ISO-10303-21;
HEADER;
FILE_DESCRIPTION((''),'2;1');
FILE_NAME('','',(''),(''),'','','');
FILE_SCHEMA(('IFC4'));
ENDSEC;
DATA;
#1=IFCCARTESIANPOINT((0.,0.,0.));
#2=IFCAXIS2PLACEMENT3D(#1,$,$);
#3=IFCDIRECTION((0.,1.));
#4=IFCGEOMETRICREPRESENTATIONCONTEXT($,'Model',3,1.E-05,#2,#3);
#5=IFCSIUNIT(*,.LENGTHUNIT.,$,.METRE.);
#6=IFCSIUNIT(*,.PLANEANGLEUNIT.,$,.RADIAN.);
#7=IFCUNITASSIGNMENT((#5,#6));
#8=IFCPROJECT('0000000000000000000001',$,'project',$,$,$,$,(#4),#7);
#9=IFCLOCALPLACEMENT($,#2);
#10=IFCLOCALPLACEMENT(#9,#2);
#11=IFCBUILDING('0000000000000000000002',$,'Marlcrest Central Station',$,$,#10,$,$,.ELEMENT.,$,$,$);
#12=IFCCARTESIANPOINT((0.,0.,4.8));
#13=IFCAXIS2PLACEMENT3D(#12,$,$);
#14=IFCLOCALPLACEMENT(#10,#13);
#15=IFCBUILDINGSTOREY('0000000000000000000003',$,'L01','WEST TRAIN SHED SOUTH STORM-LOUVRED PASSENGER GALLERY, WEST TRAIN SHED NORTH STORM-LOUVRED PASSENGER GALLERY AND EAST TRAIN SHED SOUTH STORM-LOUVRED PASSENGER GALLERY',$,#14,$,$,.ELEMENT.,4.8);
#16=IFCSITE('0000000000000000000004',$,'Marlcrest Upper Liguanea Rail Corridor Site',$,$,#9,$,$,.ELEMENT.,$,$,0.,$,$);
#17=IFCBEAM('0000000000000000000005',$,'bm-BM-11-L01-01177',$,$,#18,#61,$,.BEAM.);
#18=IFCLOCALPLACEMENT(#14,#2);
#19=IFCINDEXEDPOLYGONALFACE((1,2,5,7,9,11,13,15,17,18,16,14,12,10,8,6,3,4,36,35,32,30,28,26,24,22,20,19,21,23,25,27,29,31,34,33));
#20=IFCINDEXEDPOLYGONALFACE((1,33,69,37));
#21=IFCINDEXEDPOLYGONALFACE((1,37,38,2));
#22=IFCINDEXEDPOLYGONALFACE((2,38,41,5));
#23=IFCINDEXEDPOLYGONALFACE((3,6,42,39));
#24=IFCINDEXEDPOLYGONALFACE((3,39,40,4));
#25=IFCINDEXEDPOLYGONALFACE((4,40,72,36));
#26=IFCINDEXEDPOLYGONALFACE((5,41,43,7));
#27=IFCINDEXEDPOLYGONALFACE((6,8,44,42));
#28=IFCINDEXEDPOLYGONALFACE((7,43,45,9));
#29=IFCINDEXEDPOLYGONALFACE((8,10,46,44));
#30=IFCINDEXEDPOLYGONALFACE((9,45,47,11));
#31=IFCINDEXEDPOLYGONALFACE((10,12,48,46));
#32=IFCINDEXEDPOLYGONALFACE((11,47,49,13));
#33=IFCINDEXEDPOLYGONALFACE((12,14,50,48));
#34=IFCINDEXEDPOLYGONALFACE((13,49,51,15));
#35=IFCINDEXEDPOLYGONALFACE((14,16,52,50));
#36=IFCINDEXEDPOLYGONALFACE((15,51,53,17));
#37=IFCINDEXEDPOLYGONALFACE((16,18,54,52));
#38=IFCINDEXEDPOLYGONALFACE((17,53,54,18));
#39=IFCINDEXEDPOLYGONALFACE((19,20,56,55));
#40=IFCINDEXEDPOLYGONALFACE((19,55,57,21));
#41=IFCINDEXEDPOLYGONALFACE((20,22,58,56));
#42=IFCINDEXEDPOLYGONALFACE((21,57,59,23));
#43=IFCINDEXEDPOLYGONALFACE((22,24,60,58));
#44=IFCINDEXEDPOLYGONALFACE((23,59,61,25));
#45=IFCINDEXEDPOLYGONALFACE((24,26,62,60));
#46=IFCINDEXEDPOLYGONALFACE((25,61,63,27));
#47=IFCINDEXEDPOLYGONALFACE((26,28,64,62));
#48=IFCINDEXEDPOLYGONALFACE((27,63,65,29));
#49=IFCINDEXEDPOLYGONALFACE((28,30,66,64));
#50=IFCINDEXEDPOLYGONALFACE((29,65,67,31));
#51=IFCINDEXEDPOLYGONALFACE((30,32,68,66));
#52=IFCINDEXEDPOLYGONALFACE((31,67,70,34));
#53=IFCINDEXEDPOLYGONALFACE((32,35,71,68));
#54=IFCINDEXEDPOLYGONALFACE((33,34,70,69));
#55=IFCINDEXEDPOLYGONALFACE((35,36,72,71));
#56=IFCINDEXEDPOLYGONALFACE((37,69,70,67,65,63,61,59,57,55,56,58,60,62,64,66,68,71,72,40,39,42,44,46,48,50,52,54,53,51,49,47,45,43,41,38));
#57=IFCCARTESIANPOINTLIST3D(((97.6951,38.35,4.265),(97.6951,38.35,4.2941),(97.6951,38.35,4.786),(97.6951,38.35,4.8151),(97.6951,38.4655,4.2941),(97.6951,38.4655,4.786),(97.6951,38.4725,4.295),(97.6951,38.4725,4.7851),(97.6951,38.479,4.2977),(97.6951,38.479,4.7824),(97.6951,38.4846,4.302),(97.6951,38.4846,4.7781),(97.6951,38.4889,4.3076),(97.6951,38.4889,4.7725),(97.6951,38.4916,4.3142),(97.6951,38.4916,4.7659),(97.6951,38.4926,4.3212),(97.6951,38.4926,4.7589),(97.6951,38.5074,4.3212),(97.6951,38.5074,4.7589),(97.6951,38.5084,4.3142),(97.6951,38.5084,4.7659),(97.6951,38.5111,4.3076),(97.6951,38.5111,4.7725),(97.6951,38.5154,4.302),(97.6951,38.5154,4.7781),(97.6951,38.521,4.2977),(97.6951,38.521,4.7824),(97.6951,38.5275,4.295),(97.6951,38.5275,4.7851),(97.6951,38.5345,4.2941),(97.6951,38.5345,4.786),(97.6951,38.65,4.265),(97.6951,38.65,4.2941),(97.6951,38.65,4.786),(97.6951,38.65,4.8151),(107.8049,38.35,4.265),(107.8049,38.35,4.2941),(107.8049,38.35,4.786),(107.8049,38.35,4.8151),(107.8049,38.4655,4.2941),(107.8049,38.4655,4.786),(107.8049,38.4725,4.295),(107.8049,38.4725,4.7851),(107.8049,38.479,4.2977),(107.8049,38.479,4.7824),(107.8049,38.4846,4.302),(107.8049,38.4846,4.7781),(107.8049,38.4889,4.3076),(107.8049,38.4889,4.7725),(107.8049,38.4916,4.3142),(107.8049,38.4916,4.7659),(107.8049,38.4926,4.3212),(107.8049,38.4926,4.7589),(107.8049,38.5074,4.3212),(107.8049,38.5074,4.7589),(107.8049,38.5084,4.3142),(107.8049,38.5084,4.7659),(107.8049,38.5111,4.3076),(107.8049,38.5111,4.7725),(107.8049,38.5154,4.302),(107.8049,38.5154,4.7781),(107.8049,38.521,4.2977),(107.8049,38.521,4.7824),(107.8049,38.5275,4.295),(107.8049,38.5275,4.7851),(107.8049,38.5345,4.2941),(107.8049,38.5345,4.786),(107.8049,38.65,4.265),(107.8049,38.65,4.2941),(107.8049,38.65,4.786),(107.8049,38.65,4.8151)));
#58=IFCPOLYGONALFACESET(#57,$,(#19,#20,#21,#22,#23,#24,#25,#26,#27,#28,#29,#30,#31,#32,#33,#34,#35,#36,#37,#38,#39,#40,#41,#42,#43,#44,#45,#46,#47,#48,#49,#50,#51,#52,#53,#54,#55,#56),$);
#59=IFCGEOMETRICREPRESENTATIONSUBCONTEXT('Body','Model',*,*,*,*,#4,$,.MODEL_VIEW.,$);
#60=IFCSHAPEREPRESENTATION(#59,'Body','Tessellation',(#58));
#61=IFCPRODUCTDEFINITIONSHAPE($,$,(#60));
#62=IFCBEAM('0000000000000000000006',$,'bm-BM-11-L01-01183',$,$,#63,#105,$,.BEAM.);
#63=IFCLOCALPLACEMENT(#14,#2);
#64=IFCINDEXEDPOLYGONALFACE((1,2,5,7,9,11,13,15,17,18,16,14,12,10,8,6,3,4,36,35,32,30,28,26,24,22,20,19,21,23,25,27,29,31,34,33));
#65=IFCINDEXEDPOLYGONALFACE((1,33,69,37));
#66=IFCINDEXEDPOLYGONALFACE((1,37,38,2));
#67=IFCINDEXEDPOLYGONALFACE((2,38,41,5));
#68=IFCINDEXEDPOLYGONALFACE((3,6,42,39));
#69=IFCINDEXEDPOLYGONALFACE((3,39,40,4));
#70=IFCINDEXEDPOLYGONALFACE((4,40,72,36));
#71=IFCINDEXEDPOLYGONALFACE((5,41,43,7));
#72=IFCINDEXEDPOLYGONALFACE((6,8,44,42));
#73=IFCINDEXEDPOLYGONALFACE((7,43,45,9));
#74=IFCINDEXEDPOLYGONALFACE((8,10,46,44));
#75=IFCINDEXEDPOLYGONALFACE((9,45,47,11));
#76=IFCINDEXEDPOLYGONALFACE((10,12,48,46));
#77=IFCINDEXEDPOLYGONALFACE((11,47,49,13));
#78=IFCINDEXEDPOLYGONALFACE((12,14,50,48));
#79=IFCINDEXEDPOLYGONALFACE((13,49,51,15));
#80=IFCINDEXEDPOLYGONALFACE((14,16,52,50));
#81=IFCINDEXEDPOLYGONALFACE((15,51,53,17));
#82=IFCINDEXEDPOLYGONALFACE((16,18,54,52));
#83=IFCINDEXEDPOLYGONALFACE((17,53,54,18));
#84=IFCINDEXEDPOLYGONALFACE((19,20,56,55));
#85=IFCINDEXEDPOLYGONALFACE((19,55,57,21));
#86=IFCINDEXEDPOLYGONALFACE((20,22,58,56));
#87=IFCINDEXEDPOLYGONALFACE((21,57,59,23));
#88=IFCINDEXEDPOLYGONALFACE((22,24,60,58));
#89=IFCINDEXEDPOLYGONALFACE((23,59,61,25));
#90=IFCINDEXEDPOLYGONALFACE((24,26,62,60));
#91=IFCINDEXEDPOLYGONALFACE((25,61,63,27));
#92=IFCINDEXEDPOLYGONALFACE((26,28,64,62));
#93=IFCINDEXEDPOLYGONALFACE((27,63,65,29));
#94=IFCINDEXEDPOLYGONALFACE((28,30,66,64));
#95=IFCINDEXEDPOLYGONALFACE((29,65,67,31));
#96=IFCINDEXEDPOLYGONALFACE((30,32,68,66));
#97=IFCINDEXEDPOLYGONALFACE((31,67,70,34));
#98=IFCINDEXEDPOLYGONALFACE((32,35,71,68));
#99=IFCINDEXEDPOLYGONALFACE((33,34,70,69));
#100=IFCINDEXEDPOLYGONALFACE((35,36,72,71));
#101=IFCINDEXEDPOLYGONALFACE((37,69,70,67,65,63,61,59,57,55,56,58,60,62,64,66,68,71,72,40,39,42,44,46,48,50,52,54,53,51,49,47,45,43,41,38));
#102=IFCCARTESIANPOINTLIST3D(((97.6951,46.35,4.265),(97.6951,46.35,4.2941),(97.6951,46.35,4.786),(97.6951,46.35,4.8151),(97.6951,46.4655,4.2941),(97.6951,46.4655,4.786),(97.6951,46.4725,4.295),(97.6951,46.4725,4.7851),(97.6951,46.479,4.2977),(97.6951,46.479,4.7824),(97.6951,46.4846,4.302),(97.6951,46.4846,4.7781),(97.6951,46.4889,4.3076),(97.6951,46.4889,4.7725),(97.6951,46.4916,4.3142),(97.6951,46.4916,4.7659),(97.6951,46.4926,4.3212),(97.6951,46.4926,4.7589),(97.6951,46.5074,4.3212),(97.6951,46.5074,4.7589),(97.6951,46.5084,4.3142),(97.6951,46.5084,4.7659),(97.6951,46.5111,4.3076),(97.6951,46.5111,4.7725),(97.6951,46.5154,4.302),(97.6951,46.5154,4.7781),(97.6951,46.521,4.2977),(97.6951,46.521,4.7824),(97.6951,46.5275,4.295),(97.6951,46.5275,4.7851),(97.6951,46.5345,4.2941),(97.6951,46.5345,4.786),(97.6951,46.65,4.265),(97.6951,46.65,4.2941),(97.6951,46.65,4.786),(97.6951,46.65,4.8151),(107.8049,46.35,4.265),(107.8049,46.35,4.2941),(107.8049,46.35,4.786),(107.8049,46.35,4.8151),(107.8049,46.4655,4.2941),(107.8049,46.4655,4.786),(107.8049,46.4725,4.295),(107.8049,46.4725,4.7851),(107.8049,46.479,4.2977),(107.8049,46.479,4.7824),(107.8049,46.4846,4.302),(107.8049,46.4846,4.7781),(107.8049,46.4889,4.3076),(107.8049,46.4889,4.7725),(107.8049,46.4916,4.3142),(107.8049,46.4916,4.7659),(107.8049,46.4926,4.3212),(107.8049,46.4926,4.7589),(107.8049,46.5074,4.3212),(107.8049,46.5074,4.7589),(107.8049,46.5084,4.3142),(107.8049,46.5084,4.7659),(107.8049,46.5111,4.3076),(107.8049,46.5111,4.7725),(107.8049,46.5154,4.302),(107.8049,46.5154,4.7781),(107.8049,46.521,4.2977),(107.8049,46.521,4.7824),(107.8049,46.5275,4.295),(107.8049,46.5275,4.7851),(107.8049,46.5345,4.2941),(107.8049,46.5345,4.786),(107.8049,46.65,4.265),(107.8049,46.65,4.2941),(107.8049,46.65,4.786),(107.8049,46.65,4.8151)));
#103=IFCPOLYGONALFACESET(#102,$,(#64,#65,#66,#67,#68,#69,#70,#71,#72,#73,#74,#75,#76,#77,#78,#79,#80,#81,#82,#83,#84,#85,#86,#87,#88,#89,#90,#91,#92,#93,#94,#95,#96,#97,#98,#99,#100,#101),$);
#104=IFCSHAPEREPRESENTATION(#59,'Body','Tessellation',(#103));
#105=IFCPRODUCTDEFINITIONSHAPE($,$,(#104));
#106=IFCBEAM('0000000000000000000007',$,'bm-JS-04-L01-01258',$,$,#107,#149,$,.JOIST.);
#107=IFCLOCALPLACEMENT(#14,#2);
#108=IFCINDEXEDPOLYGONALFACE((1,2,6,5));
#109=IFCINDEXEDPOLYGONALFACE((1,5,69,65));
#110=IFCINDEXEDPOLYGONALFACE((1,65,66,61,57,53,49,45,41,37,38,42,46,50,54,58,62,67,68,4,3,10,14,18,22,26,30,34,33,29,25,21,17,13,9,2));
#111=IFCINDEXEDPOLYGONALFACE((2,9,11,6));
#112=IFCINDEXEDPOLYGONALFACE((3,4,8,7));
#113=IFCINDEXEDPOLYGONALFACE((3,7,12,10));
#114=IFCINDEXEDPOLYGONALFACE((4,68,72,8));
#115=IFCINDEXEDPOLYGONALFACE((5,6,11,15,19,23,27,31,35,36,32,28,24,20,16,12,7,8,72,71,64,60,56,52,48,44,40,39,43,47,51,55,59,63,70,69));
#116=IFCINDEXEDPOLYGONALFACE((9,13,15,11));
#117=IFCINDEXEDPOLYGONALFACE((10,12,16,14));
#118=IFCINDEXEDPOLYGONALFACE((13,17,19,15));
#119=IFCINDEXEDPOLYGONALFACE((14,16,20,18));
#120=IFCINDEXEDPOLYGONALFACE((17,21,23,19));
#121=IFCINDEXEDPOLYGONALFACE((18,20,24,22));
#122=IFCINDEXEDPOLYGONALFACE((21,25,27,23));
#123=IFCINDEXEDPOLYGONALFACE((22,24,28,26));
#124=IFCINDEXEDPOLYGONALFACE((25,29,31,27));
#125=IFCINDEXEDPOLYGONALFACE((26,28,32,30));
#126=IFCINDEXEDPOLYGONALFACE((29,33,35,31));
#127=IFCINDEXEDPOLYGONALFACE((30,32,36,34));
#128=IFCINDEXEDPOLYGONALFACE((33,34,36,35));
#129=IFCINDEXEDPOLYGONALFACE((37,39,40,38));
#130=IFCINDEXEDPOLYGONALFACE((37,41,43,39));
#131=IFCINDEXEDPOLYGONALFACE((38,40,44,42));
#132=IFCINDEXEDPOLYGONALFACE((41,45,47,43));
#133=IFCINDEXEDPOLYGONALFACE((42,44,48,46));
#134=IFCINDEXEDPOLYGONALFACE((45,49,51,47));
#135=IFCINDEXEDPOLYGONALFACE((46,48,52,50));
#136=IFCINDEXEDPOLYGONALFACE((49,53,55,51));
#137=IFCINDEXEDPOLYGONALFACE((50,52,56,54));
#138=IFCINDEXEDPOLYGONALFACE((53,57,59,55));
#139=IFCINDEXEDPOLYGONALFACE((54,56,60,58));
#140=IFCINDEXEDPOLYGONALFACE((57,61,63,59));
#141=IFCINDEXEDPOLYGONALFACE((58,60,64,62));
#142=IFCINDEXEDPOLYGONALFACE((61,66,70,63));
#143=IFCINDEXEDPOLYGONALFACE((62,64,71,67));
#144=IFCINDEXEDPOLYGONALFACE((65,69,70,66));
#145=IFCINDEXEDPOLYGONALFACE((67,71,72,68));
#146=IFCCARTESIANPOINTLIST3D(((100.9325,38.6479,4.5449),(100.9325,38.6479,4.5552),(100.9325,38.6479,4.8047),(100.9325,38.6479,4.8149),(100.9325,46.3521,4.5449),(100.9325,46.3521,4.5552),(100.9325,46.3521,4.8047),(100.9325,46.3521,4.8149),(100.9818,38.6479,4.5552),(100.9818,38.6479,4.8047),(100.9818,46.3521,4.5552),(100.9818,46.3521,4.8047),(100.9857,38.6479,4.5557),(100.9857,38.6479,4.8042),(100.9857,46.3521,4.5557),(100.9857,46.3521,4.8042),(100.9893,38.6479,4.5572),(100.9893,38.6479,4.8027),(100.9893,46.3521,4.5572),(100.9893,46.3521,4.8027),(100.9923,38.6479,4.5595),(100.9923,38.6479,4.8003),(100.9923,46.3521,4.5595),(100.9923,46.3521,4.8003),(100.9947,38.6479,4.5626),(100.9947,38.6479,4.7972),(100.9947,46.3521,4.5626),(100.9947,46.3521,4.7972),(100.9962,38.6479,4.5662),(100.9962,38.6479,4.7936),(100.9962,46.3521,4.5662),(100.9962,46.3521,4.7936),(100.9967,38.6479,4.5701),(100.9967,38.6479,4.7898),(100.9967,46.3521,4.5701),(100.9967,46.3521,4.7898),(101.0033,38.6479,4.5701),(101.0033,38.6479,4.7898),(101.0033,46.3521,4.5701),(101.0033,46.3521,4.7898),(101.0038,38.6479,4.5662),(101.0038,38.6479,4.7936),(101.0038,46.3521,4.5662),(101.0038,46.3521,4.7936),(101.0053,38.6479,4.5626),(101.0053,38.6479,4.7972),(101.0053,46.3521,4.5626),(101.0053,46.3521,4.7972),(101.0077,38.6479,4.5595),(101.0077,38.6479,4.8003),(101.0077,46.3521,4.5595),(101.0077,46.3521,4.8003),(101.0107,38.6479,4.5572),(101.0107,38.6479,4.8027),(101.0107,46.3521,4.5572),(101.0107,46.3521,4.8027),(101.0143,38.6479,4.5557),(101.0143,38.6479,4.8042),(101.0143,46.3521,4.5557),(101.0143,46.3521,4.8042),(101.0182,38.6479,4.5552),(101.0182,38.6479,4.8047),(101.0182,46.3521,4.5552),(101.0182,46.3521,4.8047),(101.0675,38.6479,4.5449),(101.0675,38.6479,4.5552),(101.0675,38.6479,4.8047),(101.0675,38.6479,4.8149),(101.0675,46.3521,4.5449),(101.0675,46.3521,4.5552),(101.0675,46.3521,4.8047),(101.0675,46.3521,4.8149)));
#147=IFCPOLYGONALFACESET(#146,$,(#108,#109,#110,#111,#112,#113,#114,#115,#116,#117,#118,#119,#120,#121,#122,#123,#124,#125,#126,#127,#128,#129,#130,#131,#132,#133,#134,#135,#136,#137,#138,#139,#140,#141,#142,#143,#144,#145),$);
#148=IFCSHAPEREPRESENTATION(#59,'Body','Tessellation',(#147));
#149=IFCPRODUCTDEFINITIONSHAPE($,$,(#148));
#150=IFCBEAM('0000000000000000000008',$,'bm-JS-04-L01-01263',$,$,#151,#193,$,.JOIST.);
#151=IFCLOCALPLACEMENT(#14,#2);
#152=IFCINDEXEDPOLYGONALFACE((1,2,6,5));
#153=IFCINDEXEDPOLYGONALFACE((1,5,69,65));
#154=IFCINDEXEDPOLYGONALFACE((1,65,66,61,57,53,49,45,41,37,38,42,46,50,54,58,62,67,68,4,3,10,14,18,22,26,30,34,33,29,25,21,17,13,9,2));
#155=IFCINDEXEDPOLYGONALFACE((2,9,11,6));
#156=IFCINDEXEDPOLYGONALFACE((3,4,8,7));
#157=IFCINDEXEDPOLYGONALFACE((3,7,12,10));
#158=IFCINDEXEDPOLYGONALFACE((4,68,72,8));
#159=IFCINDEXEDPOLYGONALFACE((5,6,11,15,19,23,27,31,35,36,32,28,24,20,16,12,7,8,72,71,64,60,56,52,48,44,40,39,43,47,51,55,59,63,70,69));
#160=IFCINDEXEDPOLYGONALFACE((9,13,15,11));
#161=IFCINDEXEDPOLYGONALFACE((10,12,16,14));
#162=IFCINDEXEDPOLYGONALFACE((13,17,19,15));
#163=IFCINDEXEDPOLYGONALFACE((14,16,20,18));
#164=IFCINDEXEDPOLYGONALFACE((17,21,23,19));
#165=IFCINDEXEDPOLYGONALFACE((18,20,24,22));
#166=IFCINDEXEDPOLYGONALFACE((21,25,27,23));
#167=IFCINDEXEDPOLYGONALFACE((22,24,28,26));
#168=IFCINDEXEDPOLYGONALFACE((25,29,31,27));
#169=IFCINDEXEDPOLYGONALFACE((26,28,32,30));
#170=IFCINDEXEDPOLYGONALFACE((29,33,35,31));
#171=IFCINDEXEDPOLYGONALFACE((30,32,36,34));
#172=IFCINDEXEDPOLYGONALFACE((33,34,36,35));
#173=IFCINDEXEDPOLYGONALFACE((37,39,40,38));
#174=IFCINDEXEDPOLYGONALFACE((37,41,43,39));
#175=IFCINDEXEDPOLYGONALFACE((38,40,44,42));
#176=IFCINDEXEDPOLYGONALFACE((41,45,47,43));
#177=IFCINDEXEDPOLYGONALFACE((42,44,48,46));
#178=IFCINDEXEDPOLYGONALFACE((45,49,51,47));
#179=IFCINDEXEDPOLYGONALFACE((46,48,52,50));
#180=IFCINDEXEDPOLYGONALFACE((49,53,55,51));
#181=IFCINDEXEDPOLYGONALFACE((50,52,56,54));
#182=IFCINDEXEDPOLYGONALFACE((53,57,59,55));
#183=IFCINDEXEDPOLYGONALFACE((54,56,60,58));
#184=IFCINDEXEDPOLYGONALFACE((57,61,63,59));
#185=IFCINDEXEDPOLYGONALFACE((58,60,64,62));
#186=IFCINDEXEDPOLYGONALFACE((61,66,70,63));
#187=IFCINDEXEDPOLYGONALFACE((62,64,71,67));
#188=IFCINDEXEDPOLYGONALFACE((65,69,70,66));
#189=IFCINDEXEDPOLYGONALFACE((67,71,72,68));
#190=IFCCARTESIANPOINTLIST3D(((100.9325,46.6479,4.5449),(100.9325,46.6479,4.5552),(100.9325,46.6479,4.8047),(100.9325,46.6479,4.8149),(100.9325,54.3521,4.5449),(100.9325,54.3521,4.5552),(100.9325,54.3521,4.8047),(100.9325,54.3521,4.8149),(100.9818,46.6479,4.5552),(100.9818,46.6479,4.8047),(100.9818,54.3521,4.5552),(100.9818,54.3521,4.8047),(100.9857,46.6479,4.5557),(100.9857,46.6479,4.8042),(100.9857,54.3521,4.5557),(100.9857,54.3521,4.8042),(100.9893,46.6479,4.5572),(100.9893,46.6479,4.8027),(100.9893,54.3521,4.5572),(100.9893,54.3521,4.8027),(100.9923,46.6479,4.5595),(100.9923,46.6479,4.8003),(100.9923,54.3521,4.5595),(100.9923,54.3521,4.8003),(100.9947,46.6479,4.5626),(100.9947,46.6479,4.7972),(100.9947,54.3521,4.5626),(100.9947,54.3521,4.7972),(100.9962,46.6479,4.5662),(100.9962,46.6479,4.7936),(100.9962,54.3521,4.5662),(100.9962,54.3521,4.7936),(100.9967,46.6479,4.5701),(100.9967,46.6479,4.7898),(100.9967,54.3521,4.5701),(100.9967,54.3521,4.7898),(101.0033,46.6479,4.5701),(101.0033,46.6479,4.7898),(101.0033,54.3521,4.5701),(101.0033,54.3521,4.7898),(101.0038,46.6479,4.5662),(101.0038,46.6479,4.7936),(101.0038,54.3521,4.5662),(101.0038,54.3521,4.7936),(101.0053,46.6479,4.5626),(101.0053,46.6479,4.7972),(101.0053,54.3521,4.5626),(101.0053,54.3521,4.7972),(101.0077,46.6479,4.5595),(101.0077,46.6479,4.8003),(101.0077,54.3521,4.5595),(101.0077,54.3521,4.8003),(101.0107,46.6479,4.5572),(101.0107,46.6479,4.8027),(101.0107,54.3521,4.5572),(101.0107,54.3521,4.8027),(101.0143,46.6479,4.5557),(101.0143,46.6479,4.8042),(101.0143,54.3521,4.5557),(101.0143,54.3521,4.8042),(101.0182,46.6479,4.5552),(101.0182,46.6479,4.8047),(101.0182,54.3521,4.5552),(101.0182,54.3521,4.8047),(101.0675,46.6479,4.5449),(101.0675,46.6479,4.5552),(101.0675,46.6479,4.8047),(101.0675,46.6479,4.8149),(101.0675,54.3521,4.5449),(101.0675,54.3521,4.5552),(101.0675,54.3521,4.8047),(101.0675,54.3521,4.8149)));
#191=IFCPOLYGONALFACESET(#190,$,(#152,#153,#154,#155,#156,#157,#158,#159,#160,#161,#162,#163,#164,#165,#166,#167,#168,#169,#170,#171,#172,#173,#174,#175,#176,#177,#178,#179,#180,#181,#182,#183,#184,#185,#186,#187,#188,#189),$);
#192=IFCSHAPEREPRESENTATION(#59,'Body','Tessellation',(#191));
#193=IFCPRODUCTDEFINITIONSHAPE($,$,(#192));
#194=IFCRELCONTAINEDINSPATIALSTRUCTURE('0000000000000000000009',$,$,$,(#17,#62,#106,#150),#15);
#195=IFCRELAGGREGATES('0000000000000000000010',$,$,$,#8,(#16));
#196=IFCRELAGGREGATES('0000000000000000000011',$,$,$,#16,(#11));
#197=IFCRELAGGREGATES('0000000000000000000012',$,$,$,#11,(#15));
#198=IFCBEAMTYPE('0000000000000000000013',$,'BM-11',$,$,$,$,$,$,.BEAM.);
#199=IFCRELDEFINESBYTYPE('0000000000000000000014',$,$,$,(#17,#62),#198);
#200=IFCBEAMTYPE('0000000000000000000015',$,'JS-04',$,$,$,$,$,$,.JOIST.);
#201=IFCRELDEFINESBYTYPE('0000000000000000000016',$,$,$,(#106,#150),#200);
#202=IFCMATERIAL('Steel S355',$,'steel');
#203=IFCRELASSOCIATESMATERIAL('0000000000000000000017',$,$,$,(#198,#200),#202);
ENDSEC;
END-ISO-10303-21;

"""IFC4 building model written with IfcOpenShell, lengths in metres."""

from ifc_helpers import new_model, si_unit, direction, frame, origin, origin_2d, place, context, subcontext, project, spatial, i_section, extrude, material, material_profile, profile_set, type_object, element, save


model = new_model("IFC4")

# Units and contexts
model_context = context("Model", 3, precision=1e-05, world=origin(), true_north=direction((0.0, 1.0)))
body_context = subcontext(model_context, "Body", "Model", "MODEL_VIEW")
ifc_project = project(units=[si_unit("LENGTHUNIT", "METRE"), si_unit("PLANEANGLEUNIT", "RADIAN")], contexts=[model_context])

# Site, building, storey
site_placement = place(None, origin())
site = spatial("IfcSite", under=ifc_project, at=site_placement, Name="Marlcrest Upper Liguanea Rail Corridor Site", CompositionType="ELEMENT", RefElevation=0.0)
building_placement = place(site_placement, origin())
building = spatial("IfcBuilding", under=site, at=building_placement, Name="Marlcrest Central Station", CompositionType="ELEMENT")
storey_placement = place(building_placement, frame((0.0, 0.0, 4.8)))
storey = spatial("IfcBuildingStorey", under=building, at=storey_placement, Name="L01", Description="WEST TRAIN SHED SOUTH STORM-LOUVRED PASSENGER GALLERY, WEST TRAIN SHED NORTH STORM-LOUVRED PASSENGER GALLERY AND EAST TRAIN SHED SOUTH STORM-LOUVRED PASSENGER GALLERY", CompositionType="ELEMENT", Elevation=4.8)

# Beams
ifc_material = material(Name="Steel S355", Category="steel")
ifc_material_profile_1 = material_profile(ifc_material, i_section(OverallWidth=0.3, OverallDepth=0.55, WebThickness=0.0149, FlangeThickness=0.0291, FilletRadius=0.0271, at=origin_2d()), Name="HEB 550")
ifc_profile_set_1 = profile_set([ifc_material_profile_1], Name="Steel S355")
beam_type_1 = type_object("IfcBeamType", Name="BM-11", PredefinedType="BEAM", material=ifc_profile_set_1)
for number, where, z_axis, x_axis, name in (
    (1, (97.6951, 38.5, 4.54), (1.0, 0.0, 0.0), (0.0, 1.0, 0.0), "bm-BM-11-L01-01177"),
    (2, (97.6951, 46.5, 4.54), (1.0, 0.0, 0.0), (0.0, 1.0, 0.0), "bm-BM-11-L01-01183"),
):
    element("IfcBeam", number, at=place(storey_placement, frame(where, z_axis=z_axis, x_axis=x_axis)), inside=storey, type_object=beam_type_1, Name=name, PredefinedType="BEAM", context=body_context, shape_type="SweptSolid", body=[
        extrude(i_section(OverallWidth=0.3, OverallDepth=0.55, WebThickness=0.0149, FlangeThickness=0.0291, FilletRadius=0.0271, at=origin_2d()), origin(), (0.0, 0.0, 1.0), 10.1099),
    ])
ifc_material_profile_2 = material_profile(ifc_material, i_section(OverallWidth=0.135, OverallDepth=0.27, WebThickness=0.0066, FlangeThickness=0.0103, FilletRadius=0.0149, at=origin_2d()), Name="IPE 270")
ifc_profile_set_2 = profile_set([ifc_material_profile_2], Name="Steel S355")
beam_type_2 = type_object("IfcBeamType", Name="JS-04", PredefinedType="JOIST", material=ifc_profile_set_2)
for number, where, z_axis, x_axis, name in (
    (3, (101.0, 38.6479, 4.6799), (0.0, 1.0, 0.0), (-1.0, 0.0, 0.0), "bm-JS-04-L01-01258"),
    (4, (101.0, 46.6479, 4.6799), (0.0, 1.0, 0.0), (-1.0, 0.0, 0.0), "bm-JS-04-L01-01263"),
):
    element("IfcBeam", number, at=place(storey_placement, frame(where, z_axis=z_axis, x_axis=x_axis)), inside=storey, type_object=beam_type_2, Name=name, PredefinedType="JOIST", context=body_context, shape_type="SweptSolid", body=[
        extrude(i_section(OverallWidth=0.135, OverallDepth=0.27, WebThickness=0.0066, FlangeThickness=0.0103, FilletRadius=0.0149, at=origin_2d()), origin(), (0.0, 0.0, 1.0), 7.7041),
    ])

save(model, "model.ifc")
